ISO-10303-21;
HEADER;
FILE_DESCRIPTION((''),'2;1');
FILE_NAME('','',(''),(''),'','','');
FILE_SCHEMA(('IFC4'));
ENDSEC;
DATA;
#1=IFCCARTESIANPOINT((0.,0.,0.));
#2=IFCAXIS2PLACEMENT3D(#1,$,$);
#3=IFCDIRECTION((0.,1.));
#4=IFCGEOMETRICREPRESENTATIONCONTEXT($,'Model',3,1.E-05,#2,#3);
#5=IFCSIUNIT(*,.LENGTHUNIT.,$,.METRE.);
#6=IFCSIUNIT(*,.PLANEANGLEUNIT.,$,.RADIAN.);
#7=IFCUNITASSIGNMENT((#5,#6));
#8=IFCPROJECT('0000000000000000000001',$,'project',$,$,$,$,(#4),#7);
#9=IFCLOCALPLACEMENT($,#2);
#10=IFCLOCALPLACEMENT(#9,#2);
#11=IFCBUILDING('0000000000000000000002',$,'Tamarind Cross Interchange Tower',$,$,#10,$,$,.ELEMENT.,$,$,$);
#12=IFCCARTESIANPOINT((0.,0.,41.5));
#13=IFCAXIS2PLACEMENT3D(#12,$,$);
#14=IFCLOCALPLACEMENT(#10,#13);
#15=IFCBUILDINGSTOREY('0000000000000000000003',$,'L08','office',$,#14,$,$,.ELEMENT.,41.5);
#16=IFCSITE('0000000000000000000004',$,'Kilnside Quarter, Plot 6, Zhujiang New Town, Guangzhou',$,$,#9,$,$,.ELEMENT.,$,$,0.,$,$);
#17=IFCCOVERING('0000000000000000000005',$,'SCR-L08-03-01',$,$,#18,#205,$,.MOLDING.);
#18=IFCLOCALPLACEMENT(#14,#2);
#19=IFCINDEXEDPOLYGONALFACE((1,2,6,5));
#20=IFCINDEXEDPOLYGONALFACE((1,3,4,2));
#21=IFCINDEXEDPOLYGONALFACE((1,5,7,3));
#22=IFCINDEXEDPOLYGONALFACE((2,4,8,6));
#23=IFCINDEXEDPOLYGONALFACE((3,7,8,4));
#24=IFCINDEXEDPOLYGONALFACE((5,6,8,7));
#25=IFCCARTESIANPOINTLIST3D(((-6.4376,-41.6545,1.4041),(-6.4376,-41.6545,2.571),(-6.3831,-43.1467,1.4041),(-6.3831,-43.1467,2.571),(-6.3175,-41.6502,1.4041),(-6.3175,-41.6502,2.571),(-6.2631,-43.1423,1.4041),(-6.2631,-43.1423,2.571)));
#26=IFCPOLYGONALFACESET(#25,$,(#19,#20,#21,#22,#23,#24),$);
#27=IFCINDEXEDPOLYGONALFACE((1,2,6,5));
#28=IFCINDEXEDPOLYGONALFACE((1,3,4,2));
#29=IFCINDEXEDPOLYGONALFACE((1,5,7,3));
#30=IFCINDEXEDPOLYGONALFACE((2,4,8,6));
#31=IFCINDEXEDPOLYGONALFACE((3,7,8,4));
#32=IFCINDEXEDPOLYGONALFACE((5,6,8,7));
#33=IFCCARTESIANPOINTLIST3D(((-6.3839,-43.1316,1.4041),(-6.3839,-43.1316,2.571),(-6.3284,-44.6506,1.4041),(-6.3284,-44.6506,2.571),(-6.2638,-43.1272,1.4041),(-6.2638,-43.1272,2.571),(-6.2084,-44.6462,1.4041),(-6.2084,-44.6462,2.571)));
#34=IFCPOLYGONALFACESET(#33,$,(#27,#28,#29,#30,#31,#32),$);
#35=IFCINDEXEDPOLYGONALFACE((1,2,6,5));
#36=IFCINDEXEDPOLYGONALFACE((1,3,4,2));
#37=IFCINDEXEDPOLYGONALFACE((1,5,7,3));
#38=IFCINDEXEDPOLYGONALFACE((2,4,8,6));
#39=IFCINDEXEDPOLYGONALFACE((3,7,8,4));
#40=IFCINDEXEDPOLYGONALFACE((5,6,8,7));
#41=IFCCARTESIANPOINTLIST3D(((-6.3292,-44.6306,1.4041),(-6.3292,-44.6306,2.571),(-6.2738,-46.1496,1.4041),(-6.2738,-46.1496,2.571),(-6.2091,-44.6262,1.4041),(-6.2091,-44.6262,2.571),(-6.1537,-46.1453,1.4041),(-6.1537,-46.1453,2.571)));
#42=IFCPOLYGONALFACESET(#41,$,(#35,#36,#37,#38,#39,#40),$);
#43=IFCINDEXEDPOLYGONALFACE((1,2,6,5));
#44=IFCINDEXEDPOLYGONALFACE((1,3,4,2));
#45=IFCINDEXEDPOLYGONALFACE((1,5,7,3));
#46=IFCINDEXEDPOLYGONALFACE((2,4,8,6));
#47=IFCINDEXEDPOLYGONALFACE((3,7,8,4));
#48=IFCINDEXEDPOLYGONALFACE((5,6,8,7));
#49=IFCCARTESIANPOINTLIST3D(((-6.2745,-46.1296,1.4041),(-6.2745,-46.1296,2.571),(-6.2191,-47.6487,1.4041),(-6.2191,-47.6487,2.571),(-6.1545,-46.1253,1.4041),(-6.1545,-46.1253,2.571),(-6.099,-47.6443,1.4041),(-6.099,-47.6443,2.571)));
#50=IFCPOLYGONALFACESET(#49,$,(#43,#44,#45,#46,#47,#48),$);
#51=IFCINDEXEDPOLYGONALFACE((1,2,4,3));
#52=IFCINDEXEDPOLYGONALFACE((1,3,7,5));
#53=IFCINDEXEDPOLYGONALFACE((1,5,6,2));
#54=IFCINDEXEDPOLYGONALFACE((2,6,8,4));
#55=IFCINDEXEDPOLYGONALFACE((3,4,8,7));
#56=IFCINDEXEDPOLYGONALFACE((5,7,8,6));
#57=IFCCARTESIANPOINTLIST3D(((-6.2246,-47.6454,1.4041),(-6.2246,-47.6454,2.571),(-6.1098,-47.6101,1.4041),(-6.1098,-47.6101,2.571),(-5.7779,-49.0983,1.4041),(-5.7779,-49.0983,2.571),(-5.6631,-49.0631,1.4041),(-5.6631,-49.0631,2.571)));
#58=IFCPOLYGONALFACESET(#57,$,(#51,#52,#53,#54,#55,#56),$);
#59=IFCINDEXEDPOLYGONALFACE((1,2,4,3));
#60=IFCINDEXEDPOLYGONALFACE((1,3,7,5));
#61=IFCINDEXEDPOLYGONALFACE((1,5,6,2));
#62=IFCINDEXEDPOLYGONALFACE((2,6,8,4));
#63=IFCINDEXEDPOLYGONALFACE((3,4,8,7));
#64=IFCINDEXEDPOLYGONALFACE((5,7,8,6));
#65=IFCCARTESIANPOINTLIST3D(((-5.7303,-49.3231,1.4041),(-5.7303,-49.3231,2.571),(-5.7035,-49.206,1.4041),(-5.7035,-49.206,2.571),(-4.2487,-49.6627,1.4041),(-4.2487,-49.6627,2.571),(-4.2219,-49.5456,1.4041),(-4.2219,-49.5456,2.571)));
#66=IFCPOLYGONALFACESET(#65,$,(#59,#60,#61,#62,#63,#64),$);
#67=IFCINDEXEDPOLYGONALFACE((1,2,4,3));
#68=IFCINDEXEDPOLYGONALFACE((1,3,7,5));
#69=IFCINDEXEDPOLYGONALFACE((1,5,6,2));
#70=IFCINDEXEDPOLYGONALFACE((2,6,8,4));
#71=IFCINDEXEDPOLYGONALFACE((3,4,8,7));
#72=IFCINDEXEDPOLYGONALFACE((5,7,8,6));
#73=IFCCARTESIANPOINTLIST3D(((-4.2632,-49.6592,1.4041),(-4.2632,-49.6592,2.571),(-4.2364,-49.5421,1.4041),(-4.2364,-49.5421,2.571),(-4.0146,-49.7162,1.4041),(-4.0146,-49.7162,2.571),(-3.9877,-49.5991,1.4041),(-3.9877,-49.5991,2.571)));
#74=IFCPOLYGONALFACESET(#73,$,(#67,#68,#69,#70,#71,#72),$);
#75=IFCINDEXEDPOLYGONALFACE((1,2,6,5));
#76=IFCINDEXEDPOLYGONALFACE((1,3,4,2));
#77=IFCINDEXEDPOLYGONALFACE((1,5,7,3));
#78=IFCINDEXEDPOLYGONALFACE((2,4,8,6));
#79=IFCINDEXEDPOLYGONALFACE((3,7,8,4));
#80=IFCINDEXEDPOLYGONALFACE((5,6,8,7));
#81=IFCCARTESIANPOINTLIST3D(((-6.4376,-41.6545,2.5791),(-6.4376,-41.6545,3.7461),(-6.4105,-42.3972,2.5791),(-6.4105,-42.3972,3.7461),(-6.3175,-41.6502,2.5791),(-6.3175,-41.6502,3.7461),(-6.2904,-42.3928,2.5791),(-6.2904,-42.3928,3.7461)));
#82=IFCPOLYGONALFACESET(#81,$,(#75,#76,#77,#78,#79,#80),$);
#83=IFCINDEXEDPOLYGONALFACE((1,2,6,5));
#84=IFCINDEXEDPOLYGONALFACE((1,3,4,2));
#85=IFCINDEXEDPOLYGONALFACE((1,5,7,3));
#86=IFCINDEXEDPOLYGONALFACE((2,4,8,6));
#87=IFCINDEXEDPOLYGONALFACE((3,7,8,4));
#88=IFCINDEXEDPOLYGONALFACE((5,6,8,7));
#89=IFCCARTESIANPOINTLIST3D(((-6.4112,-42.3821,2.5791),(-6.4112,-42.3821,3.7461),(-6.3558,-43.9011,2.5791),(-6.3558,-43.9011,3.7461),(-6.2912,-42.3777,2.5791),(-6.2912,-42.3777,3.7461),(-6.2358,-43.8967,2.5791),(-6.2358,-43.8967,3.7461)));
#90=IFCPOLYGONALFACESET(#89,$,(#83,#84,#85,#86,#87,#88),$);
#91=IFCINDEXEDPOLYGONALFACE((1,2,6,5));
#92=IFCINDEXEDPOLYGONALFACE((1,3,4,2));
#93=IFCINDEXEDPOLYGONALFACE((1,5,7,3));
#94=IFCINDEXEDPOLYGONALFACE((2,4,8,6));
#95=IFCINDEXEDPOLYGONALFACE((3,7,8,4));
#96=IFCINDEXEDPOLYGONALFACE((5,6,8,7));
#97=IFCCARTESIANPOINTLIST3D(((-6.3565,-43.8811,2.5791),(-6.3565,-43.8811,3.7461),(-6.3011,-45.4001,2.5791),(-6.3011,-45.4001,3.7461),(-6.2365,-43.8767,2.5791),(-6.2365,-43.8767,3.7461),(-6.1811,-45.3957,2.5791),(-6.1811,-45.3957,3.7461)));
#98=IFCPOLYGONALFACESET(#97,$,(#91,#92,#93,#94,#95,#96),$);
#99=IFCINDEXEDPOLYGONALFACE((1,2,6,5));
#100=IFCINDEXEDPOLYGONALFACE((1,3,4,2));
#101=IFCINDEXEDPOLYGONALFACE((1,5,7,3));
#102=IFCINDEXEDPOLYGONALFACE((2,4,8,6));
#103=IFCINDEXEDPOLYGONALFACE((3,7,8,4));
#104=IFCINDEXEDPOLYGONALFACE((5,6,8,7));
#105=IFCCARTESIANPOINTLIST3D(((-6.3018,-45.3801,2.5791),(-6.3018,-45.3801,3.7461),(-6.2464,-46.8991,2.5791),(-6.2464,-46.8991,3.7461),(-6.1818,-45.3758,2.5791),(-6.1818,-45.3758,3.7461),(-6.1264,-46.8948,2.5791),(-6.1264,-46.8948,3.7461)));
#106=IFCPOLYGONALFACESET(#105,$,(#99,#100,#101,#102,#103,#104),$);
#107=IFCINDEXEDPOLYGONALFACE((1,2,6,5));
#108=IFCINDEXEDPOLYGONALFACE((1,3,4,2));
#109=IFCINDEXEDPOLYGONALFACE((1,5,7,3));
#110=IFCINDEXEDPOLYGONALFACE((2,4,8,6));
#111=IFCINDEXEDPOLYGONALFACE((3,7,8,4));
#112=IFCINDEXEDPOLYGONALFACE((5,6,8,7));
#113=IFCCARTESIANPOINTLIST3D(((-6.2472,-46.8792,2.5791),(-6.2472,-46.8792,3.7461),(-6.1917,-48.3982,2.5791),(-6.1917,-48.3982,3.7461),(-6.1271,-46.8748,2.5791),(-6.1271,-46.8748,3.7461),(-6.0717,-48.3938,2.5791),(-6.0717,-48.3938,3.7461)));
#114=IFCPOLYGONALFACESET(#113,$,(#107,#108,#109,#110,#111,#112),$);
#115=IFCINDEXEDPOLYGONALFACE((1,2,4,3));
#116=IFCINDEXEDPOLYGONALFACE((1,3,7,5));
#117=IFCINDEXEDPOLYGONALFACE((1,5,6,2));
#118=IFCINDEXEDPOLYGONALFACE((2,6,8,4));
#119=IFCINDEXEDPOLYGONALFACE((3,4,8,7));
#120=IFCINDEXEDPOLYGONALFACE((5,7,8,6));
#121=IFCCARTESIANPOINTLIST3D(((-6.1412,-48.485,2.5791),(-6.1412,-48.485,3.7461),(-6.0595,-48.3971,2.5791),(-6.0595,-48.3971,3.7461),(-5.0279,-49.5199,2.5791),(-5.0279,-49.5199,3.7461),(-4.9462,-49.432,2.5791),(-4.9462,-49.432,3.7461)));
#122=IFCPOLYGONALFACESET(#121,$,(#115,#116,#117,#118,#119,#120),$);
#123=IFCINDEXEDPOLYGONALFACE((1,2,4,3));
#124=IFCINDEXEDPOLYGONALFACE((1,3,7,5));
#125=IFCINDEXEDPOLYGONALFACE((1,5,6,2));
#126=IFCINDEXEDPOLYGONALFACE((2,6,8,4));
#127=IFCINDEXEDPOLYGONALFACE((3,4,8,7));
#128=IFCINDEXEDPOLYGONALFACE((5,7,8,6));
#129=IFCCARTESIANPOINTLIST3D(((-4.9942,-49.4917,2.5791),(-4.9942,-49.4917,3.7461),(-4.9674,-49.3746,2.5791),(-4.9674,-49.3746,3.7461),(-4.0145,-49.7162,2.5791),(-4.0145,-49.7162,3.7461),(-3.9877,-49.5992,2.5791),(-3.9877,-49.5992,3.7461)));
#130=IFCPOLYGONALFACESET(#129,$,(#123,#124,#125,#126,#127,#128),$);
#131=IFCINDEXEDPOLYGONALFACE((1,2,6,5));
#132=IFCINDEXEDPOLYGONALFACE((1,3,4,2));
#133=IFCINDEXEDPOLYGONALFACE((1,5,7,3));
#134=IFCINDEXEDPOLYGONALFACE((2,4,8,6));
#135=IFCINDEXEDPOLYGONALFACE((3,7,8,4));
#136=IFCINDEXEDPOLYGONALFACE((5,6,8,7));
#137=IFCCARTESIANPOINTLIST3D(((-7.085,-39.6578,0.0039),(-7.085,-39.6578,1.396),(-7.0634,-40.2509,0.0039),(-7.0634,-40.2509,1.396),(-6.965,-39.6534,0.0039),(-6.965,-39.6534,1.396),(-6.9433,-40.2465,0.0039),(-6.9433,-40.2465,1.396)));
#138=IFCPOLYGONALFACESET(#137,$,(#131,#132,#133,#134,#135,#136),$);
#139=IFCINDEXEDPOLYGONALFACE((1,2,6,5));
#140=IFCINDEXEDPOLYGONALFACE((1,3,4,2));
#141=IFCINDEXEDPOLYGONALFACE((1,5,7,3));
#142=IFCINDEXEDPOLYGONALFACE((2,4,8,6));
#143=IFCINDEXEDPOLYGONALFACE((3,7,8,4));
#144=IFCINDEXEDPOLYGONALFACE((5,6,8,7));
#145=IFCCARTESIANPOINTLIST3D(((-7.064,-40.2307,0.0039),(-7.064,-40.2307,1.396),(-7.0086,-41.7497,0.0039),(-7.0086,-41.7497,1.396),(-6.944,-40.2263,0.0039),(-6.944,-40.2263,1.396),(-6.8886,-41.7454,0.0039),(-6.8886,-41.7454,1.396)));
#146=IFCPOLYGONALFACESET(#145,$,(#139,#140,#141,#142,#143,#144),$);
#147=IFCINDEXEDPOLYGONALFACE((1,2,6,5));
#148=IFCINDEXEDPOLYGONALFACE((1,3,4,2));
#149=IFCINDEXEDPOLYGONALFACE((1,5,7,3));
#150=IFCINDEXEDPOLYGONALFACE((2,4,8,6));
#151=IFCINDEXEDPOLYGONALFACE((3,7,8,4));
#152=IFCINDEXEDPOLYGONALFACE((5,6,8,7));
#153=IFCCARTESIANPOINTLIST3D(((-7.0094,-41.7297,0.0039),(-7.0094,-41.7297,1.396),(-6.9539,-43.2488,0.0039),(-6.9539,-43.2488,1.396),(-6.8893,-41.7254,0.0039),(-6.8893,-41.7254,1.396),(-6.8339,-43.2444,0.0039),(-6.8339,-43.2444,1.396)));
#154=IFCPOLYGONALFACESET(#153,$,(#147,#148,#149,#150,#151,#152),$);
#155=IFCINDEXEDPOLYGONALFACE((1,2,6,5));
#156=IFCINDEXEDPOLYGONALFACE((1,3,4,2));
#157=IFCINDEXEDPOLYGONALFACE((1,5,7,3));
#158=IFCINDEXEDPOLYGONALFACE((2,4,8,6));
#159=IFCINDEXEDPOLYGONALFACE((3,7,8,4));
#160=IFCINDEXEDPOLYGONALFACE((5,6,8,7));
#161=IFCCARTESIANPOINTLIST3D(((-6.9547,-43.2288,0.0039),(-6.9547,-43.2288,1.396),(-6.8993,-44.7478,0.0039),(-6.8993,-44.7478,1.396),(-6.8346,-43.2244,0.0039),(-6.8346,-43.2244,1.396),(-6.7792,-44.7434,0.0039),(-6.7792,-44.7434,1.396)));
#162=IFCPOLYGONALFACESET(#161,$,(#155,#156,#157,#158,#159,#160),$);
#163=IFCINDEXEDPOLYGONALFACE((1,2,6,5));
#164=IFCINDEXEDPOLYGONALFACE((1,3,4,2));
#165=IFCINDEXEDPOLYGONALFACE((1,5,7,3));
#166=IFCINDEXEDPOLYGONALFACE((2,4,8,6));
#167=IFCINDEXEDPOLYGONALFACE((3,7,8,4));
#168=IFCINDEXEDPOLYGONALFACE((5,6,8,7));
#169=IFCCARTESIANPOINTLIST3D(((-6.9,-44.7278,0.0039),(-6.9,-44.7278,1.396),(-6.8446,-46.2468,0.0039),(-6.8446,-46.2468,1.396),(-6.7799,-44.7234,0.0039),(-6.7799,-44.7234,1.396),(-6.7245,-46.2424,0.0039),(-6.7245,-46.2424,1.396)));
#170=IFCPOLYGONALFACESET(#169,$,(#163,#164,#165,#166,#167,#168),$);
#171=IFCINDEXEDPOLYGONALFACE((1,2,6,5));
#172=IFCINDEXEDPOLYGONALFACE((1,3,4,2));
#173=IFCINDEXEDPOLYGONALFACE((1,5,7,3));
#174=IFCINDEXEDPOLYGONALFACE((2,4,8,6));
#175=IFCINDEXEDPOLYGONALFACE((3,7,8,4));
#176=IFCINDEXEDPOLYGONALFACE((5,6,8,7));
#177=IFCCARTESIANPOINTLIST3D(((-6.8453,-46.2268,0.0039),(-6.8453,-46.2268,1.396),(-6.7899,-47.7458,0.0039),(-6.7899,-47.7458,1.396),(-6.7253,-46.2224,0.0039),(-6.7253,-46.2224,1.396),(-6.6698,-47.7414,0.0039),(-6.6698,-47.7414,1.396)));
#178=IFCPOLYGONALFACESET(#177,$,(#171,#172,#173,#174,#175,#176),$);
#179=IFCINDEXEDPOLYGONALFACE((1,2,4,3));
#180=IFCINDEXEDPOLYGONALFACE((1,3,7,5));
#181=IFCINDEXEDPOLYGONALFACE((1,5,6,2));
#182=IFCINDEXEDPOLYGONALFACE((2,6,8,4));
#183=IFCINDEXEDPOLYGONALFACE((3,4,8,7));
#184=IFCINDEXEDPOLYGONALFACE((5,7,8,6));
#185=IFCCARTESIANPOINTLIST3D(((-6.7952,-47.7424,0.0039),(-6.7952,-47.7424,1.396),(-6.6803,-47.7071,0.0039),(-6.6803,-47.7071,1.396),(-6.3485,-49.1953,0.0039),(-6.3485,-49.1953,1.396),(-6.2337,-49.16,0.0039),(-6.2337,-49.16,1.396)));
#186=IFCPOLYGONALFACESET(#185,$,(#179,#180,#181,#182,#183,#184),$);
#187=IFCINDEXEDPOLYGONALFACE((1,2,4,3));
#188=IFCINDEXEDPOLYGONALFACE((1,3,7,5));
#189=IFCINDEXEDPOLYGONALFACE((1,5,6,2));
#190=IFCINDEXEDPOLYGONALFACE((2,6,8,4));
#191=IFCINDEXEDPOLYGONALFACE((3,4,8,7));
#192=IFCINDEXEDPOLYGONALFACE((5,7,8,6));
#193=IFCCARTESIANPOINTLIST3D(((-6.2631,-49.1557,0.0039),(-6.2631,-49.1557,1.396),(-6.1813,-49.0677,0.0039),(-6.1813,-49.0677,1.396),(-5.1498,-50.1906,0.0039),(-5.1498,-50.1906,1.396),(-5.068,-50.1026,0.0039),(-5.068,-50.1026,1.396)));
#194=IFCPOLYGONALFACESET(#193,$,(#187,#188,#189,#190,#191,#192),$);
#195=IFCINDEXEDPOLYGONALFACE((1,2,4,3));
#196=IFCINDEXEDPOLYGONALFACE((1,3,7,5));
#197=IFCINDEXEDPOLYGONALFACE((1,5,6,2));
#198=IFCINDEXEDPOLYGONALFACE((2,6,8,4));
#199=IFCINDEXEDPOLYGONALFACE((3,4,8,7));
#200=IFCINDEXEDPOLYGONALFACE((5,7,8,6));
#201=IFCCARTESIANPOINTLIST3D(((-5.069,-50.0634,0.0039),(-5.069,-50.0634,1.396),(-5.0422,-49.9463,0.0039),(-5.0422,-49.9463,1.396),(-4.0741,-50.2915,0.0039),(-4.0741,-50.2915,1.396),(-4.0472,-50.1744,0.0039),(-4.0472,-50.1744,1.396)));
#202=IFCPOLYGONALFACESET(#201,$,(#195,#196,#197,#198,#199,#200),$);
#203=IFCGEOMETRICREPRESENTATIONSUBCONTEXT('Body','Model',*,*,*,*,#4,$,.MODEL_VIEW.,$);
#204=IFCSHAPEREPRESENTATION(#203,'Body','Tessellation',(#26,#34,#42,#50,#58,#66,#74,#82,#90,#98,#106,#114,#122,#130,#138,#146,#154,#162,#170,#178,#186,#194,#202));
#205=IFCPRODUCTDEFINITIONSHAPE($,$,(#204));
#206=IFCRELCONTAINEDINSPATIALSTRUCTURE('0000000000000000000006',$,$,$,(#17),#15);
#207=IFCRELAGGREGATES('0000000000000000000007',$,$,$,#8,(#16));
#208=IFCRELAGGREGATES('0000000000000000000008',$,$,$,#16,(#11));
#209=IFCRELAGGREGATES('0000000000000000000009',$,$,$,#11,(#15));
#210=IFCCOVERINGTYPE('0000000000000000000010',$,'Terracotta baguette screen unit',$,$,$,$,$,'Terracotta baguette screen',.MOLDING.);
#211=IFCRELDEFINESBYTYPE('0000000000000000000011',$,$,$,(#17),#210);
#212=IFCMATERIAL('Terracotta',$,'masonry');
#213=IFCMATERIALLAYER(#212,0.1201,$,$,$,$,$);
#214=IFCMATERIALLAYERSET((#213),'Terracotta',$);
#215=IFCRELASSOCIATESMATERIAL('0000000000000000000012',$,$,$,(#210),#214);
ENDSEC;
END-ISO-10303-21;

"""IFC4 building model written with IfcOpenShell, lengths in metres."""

from ifc_helpers import new_model, si_unit, direction, frame, origin, origin_2d, place, context, subcontext, project, spatial, rectangle, extrude, material, layer, layer_set, type_object, element, save


model = new_model("IFC4")

# Units and contexts
model_context = context("Model", 3, precision=1e-05, world=origin(), true_north=direction((0.0, 1.0)))
body_context = subcontext(model_context, "Body", "Model", "MODEL_VIEW")
ifc_project = project(units=[si_unit("LENGTHUNIT", "METRE"), si_unit("PLANEANGLEUNIT", "RADIAN")], contexts=[model_context])

# Site, building, storey
site_placement = place(None, origin())
site = spatial("IfcSite", under=ifc_project, at=site_placement, Name="Kilnside Quarter, Plot 6, Zhujiang New Town, Guangzhou", CompositionType="ELEMENT", RefElevation=0.0)
building_placement = place(site_placement, origin())
building = spatial("IfcBuilding", under=site, at=building_placement, Name="Tamarind Cross Interchange Tower", CompositionType="ELEMENT")
storey_placement = place(building_placement, frame((0.0, 0.0, 41.5)))
storey = spatial("IfcBuildingStorey", under=building, at=storey_placement, Name="L08", Description="office", CompositionType="ELEMENT", Elevation=41.5)

# Covering
ifc_material_1 = material(Name="Terracotta", Category="masonry")
ifc_layer_1 = layer(ifc_material_1, 0.1201)
ifc_layer_set_1 = layer_set([ifc_layer_1], Name="Terracotta")
covering_type = type_object("IfcCoveringType", Name="Terracotta baguette screen unit", ElementType="Terracotta baguette screen", PredefinedType="MOLDING", material=ifc_layer_set_1)
covering_1_placement = place(storey_placement, origin())
element("IfcCovering", 1, at=covering_1_placement, inside=storey, type_object=covering_type, Name="SCR-L08-03-01", PredefinedType="MOLDING", context=body_context, shape_type="SweptSolid", body=[
    extrude(rectangle(XDim=1.4932, YDim=0.1201, at=origin_2d()), frame((-6.3503, -42.3984, 1.4041), z_axis=(0.0, 0.0, 1.0), x_axis=(0.036462, -0.999335, 0.0)), (0.0, 0.0, 1.0), 1.167),
    extrude(rectangle(XDim=1.52, YDim=0.1201, at=origin_2d()), frame((-6.2961, -43.8889, 1.4041), z_axis=(0.0, 0.0, 1.0), x_axis=(0.036462, -0.999335, 0.0)), (0.0, 0.0, 1.0), 1.167),
    extrude(rectangle(XDim=1.52, YDim=0.1201, at=origin_2d()), frame((-6.2415, -45.3879, 1.4041), z_axis=(0.0, 0.0, 1.0), x_axis=(0.036462, -0.999335, 0.0)), (0.0, 0.0, 1.0), 1.167),
    extrude(rectangle(XDim=1.52, YDim=0.1201, at=origin_2d()), frame((-6.1868, -46.887, 1.4041), z_axis=(0.0, 0.0, 1.0), x_axis=(0.036462, -0.999335, 0.0)), (0.0, 0.0, 1.0), 1.167),
    extrude(rectangle(XDim=1.52, YDim=0.1201, at=origin_2d()), frame((-5.9438, -48.3542, 1.4041), z_axis=(0.0, 0.0, 1.0), x_axis=(0.293867, -0.955846, 0.0)), (0.0, 0.0, 1.0), 1.167),
    extrude(rectangle(XDim=1.52, YDim=0.1201, at=origin_2d()), frame((-4.9761, -49.4343, 1.4041), z_axis=(0.0, 0.0, 1.0), x_axis=(0.974721, -0.223427, 0.0)), (0.0, 0.0, 1.0), 1.167),
    extrude(rectangle(XDim=0.2551, YDim=0.1201, at=origin_2d()), frame((-4.1255, -49.6292, 1.4041), z_axis=(0.0, 0.0, 1.0), x_axis=(0.974721, -0.223427, 0.0)), (0.0, 0.0, 1.0), 1.167),
    extrude(rectangle(XDim=0.7432, YDim=0.1201, at=origin_2d()), frame((-6.364, -42.0237, 2.5791), z_axis=(0.0, 0.0, 1.0), x_axis=(0.036462, -0.999335, 0.0)), (0.0, 0.0, 1.0), 1.167),
    extrude(rectangle(XDim=1.52, YDim=0.1201, at=origin_2d()), frame((-6.3235, -43.1394, 2.5791), z_axis=(0.0, 0.0, 1.0), x_axis=(0.036462, -0.999335, 0.0)), (0.0, 0.0, 1.0), 1.167),
    extrude(rectangle(XDim=1.52, YDim=0.1201, at=origin_2d()), frame((-6.2688, -44.6384, 2.5791), z_axis=(0.0, 0.0, 1.0), x_axis=(0.036462, -0.999335, 0.0)), (0.0, 0.0, 1.0), 1.167),
    extrude(rectangle(XDim=1.52, YDim=0.1201, at=origin_2d()), frame((-6.2141, -46.1375, 2.5791), z_axis=(0.0, 0.0, 1.0), x_axis=(0.036462, -0.999335, 0.0)), (0.0, 0.0, 1.0), 1.167),
    extrude(rectangle(XDim=1.52, YDim=0.1201, at=origin_2d()), frame((-6.1594, -47.6365, 2.5791), z_axis=(0.0, 0.0, 1.0), x_axis=(0.036462, -0.999335, 0.0)), (0.0, 0.0, 1.0), 1.167),
    extrude(rectangle(XDim=1.52, YDim=0.1201, at=origin_2d()), frame((-5.5437, -48.9585, 2.5791), z_axis=(0.0, 0.0, 1.0), x_axis=(0.732419, -0.680854, 0.0)), (0.0, 0.0, 1.0), 1.167),
    extrude(rectangle(XDim=1.0051, YDim=0.1201, at=origin_2d()), frame((-4.491, -49.5454, 2.5791), z_axis=(0.0, 0.0, 1.0), x_axis=(0.974721, -0.223427, 0.0)), (0.0, 0.0, 1.0), 1.167),
    extrude(rectangle(XDim=0.5935, YDim=0.1201, at=origin_2d()), frame((-7.0142, -39.9521, 0.0039), z_axis=(0.0, 0.0, 1.0), x_axis=(0.036462, -0.999335, 0.0)), (0.0, 0.0, 1.0), 1.3921),
    extrude(rectangle(XDim=1.52, YDim=0.1201, at=origin_2d()), frame((-6.9763, -40.988, 0.0039), z_axis=(0.0, 0.0, 1.0), x_axis=(0.036462, -0.999335, 0.0)), (0.0, 0.0, 1.0), 1.3921),
    extrude(rectangle(XDim=1.52, YDim=0.1201, at=origin_2d()), frame((-6.9216, -42.4871, 0.0039), z_axis=(0.0, 0.0, 1.0), x_axis=(0.036462, -0.999335, 0.0)), (0.0, 0.0, 1.0), 1.3921),
    extrude(rectangle(XDim=1.52, YDim=0.1201, at=origin_2d()), frame((-6.8669, -43.9861, 0.0039), z_axis=(0.0, 0.0, 1.0), x_axis=(0.036462, -0.999335, 0.0)), (0.0, 0.0, 1.0), 1.3921),
    extrude(rectangle(XDim=1.52, YDim=0.1201, at=origin_2d()), frame((-6.8123, -45.4851, 0.0039), z_axis=(0.0, 0.0, 1.0), x_axis=(0.036462, -0.999335, 0.0)), (0.0, 0.0, 1.0), 1.3921),
    extrude(rectangle(XDim=1.52, YDim=0.1201, at=origin_2d()), frame((-6.7576, -46.9841, 0.0039), z_axis=(0.0, 0.0, 1.0), x_axis=(0.036462, -0.999335, 0.0)), (0.0, 0.0, 1.0), 1.3921),
    extrude(rectangle(XDim=1.52, YDim=0.1201, at=origin_2d()), frame((-6.5144, -48.4512, 0.0039), z_axis=(0.0, 0.0, 1.0), x_axis=(0.293867, -0.955846, 0.0)), (0.0, 0.0, 1.0), 1.3921),
    extrude(rectangle(XDim=1.52, YDim=0.1201, at=origin_2d()), frame((-5.6655, -49.6292, 0.0039), z_axis=(0.0, 0.0, 1.0), x_axis=(0.732419, -0.680854, 0.0)), (0.0, 0.0, 1.0), 1.3921),
    extrude(rectangle(XDim=1.0208, YDim=0.1201, at=origin_2d()), frame((-4.5581, -50.1189, 0.0039), z_axis=(0.0, 0.0, 1.0), x_axis=(0.974721, -0.223427, 0.0)), (0.0, 0.0, 1.0), 1.3921),
])

save(model, "model.ifc")
